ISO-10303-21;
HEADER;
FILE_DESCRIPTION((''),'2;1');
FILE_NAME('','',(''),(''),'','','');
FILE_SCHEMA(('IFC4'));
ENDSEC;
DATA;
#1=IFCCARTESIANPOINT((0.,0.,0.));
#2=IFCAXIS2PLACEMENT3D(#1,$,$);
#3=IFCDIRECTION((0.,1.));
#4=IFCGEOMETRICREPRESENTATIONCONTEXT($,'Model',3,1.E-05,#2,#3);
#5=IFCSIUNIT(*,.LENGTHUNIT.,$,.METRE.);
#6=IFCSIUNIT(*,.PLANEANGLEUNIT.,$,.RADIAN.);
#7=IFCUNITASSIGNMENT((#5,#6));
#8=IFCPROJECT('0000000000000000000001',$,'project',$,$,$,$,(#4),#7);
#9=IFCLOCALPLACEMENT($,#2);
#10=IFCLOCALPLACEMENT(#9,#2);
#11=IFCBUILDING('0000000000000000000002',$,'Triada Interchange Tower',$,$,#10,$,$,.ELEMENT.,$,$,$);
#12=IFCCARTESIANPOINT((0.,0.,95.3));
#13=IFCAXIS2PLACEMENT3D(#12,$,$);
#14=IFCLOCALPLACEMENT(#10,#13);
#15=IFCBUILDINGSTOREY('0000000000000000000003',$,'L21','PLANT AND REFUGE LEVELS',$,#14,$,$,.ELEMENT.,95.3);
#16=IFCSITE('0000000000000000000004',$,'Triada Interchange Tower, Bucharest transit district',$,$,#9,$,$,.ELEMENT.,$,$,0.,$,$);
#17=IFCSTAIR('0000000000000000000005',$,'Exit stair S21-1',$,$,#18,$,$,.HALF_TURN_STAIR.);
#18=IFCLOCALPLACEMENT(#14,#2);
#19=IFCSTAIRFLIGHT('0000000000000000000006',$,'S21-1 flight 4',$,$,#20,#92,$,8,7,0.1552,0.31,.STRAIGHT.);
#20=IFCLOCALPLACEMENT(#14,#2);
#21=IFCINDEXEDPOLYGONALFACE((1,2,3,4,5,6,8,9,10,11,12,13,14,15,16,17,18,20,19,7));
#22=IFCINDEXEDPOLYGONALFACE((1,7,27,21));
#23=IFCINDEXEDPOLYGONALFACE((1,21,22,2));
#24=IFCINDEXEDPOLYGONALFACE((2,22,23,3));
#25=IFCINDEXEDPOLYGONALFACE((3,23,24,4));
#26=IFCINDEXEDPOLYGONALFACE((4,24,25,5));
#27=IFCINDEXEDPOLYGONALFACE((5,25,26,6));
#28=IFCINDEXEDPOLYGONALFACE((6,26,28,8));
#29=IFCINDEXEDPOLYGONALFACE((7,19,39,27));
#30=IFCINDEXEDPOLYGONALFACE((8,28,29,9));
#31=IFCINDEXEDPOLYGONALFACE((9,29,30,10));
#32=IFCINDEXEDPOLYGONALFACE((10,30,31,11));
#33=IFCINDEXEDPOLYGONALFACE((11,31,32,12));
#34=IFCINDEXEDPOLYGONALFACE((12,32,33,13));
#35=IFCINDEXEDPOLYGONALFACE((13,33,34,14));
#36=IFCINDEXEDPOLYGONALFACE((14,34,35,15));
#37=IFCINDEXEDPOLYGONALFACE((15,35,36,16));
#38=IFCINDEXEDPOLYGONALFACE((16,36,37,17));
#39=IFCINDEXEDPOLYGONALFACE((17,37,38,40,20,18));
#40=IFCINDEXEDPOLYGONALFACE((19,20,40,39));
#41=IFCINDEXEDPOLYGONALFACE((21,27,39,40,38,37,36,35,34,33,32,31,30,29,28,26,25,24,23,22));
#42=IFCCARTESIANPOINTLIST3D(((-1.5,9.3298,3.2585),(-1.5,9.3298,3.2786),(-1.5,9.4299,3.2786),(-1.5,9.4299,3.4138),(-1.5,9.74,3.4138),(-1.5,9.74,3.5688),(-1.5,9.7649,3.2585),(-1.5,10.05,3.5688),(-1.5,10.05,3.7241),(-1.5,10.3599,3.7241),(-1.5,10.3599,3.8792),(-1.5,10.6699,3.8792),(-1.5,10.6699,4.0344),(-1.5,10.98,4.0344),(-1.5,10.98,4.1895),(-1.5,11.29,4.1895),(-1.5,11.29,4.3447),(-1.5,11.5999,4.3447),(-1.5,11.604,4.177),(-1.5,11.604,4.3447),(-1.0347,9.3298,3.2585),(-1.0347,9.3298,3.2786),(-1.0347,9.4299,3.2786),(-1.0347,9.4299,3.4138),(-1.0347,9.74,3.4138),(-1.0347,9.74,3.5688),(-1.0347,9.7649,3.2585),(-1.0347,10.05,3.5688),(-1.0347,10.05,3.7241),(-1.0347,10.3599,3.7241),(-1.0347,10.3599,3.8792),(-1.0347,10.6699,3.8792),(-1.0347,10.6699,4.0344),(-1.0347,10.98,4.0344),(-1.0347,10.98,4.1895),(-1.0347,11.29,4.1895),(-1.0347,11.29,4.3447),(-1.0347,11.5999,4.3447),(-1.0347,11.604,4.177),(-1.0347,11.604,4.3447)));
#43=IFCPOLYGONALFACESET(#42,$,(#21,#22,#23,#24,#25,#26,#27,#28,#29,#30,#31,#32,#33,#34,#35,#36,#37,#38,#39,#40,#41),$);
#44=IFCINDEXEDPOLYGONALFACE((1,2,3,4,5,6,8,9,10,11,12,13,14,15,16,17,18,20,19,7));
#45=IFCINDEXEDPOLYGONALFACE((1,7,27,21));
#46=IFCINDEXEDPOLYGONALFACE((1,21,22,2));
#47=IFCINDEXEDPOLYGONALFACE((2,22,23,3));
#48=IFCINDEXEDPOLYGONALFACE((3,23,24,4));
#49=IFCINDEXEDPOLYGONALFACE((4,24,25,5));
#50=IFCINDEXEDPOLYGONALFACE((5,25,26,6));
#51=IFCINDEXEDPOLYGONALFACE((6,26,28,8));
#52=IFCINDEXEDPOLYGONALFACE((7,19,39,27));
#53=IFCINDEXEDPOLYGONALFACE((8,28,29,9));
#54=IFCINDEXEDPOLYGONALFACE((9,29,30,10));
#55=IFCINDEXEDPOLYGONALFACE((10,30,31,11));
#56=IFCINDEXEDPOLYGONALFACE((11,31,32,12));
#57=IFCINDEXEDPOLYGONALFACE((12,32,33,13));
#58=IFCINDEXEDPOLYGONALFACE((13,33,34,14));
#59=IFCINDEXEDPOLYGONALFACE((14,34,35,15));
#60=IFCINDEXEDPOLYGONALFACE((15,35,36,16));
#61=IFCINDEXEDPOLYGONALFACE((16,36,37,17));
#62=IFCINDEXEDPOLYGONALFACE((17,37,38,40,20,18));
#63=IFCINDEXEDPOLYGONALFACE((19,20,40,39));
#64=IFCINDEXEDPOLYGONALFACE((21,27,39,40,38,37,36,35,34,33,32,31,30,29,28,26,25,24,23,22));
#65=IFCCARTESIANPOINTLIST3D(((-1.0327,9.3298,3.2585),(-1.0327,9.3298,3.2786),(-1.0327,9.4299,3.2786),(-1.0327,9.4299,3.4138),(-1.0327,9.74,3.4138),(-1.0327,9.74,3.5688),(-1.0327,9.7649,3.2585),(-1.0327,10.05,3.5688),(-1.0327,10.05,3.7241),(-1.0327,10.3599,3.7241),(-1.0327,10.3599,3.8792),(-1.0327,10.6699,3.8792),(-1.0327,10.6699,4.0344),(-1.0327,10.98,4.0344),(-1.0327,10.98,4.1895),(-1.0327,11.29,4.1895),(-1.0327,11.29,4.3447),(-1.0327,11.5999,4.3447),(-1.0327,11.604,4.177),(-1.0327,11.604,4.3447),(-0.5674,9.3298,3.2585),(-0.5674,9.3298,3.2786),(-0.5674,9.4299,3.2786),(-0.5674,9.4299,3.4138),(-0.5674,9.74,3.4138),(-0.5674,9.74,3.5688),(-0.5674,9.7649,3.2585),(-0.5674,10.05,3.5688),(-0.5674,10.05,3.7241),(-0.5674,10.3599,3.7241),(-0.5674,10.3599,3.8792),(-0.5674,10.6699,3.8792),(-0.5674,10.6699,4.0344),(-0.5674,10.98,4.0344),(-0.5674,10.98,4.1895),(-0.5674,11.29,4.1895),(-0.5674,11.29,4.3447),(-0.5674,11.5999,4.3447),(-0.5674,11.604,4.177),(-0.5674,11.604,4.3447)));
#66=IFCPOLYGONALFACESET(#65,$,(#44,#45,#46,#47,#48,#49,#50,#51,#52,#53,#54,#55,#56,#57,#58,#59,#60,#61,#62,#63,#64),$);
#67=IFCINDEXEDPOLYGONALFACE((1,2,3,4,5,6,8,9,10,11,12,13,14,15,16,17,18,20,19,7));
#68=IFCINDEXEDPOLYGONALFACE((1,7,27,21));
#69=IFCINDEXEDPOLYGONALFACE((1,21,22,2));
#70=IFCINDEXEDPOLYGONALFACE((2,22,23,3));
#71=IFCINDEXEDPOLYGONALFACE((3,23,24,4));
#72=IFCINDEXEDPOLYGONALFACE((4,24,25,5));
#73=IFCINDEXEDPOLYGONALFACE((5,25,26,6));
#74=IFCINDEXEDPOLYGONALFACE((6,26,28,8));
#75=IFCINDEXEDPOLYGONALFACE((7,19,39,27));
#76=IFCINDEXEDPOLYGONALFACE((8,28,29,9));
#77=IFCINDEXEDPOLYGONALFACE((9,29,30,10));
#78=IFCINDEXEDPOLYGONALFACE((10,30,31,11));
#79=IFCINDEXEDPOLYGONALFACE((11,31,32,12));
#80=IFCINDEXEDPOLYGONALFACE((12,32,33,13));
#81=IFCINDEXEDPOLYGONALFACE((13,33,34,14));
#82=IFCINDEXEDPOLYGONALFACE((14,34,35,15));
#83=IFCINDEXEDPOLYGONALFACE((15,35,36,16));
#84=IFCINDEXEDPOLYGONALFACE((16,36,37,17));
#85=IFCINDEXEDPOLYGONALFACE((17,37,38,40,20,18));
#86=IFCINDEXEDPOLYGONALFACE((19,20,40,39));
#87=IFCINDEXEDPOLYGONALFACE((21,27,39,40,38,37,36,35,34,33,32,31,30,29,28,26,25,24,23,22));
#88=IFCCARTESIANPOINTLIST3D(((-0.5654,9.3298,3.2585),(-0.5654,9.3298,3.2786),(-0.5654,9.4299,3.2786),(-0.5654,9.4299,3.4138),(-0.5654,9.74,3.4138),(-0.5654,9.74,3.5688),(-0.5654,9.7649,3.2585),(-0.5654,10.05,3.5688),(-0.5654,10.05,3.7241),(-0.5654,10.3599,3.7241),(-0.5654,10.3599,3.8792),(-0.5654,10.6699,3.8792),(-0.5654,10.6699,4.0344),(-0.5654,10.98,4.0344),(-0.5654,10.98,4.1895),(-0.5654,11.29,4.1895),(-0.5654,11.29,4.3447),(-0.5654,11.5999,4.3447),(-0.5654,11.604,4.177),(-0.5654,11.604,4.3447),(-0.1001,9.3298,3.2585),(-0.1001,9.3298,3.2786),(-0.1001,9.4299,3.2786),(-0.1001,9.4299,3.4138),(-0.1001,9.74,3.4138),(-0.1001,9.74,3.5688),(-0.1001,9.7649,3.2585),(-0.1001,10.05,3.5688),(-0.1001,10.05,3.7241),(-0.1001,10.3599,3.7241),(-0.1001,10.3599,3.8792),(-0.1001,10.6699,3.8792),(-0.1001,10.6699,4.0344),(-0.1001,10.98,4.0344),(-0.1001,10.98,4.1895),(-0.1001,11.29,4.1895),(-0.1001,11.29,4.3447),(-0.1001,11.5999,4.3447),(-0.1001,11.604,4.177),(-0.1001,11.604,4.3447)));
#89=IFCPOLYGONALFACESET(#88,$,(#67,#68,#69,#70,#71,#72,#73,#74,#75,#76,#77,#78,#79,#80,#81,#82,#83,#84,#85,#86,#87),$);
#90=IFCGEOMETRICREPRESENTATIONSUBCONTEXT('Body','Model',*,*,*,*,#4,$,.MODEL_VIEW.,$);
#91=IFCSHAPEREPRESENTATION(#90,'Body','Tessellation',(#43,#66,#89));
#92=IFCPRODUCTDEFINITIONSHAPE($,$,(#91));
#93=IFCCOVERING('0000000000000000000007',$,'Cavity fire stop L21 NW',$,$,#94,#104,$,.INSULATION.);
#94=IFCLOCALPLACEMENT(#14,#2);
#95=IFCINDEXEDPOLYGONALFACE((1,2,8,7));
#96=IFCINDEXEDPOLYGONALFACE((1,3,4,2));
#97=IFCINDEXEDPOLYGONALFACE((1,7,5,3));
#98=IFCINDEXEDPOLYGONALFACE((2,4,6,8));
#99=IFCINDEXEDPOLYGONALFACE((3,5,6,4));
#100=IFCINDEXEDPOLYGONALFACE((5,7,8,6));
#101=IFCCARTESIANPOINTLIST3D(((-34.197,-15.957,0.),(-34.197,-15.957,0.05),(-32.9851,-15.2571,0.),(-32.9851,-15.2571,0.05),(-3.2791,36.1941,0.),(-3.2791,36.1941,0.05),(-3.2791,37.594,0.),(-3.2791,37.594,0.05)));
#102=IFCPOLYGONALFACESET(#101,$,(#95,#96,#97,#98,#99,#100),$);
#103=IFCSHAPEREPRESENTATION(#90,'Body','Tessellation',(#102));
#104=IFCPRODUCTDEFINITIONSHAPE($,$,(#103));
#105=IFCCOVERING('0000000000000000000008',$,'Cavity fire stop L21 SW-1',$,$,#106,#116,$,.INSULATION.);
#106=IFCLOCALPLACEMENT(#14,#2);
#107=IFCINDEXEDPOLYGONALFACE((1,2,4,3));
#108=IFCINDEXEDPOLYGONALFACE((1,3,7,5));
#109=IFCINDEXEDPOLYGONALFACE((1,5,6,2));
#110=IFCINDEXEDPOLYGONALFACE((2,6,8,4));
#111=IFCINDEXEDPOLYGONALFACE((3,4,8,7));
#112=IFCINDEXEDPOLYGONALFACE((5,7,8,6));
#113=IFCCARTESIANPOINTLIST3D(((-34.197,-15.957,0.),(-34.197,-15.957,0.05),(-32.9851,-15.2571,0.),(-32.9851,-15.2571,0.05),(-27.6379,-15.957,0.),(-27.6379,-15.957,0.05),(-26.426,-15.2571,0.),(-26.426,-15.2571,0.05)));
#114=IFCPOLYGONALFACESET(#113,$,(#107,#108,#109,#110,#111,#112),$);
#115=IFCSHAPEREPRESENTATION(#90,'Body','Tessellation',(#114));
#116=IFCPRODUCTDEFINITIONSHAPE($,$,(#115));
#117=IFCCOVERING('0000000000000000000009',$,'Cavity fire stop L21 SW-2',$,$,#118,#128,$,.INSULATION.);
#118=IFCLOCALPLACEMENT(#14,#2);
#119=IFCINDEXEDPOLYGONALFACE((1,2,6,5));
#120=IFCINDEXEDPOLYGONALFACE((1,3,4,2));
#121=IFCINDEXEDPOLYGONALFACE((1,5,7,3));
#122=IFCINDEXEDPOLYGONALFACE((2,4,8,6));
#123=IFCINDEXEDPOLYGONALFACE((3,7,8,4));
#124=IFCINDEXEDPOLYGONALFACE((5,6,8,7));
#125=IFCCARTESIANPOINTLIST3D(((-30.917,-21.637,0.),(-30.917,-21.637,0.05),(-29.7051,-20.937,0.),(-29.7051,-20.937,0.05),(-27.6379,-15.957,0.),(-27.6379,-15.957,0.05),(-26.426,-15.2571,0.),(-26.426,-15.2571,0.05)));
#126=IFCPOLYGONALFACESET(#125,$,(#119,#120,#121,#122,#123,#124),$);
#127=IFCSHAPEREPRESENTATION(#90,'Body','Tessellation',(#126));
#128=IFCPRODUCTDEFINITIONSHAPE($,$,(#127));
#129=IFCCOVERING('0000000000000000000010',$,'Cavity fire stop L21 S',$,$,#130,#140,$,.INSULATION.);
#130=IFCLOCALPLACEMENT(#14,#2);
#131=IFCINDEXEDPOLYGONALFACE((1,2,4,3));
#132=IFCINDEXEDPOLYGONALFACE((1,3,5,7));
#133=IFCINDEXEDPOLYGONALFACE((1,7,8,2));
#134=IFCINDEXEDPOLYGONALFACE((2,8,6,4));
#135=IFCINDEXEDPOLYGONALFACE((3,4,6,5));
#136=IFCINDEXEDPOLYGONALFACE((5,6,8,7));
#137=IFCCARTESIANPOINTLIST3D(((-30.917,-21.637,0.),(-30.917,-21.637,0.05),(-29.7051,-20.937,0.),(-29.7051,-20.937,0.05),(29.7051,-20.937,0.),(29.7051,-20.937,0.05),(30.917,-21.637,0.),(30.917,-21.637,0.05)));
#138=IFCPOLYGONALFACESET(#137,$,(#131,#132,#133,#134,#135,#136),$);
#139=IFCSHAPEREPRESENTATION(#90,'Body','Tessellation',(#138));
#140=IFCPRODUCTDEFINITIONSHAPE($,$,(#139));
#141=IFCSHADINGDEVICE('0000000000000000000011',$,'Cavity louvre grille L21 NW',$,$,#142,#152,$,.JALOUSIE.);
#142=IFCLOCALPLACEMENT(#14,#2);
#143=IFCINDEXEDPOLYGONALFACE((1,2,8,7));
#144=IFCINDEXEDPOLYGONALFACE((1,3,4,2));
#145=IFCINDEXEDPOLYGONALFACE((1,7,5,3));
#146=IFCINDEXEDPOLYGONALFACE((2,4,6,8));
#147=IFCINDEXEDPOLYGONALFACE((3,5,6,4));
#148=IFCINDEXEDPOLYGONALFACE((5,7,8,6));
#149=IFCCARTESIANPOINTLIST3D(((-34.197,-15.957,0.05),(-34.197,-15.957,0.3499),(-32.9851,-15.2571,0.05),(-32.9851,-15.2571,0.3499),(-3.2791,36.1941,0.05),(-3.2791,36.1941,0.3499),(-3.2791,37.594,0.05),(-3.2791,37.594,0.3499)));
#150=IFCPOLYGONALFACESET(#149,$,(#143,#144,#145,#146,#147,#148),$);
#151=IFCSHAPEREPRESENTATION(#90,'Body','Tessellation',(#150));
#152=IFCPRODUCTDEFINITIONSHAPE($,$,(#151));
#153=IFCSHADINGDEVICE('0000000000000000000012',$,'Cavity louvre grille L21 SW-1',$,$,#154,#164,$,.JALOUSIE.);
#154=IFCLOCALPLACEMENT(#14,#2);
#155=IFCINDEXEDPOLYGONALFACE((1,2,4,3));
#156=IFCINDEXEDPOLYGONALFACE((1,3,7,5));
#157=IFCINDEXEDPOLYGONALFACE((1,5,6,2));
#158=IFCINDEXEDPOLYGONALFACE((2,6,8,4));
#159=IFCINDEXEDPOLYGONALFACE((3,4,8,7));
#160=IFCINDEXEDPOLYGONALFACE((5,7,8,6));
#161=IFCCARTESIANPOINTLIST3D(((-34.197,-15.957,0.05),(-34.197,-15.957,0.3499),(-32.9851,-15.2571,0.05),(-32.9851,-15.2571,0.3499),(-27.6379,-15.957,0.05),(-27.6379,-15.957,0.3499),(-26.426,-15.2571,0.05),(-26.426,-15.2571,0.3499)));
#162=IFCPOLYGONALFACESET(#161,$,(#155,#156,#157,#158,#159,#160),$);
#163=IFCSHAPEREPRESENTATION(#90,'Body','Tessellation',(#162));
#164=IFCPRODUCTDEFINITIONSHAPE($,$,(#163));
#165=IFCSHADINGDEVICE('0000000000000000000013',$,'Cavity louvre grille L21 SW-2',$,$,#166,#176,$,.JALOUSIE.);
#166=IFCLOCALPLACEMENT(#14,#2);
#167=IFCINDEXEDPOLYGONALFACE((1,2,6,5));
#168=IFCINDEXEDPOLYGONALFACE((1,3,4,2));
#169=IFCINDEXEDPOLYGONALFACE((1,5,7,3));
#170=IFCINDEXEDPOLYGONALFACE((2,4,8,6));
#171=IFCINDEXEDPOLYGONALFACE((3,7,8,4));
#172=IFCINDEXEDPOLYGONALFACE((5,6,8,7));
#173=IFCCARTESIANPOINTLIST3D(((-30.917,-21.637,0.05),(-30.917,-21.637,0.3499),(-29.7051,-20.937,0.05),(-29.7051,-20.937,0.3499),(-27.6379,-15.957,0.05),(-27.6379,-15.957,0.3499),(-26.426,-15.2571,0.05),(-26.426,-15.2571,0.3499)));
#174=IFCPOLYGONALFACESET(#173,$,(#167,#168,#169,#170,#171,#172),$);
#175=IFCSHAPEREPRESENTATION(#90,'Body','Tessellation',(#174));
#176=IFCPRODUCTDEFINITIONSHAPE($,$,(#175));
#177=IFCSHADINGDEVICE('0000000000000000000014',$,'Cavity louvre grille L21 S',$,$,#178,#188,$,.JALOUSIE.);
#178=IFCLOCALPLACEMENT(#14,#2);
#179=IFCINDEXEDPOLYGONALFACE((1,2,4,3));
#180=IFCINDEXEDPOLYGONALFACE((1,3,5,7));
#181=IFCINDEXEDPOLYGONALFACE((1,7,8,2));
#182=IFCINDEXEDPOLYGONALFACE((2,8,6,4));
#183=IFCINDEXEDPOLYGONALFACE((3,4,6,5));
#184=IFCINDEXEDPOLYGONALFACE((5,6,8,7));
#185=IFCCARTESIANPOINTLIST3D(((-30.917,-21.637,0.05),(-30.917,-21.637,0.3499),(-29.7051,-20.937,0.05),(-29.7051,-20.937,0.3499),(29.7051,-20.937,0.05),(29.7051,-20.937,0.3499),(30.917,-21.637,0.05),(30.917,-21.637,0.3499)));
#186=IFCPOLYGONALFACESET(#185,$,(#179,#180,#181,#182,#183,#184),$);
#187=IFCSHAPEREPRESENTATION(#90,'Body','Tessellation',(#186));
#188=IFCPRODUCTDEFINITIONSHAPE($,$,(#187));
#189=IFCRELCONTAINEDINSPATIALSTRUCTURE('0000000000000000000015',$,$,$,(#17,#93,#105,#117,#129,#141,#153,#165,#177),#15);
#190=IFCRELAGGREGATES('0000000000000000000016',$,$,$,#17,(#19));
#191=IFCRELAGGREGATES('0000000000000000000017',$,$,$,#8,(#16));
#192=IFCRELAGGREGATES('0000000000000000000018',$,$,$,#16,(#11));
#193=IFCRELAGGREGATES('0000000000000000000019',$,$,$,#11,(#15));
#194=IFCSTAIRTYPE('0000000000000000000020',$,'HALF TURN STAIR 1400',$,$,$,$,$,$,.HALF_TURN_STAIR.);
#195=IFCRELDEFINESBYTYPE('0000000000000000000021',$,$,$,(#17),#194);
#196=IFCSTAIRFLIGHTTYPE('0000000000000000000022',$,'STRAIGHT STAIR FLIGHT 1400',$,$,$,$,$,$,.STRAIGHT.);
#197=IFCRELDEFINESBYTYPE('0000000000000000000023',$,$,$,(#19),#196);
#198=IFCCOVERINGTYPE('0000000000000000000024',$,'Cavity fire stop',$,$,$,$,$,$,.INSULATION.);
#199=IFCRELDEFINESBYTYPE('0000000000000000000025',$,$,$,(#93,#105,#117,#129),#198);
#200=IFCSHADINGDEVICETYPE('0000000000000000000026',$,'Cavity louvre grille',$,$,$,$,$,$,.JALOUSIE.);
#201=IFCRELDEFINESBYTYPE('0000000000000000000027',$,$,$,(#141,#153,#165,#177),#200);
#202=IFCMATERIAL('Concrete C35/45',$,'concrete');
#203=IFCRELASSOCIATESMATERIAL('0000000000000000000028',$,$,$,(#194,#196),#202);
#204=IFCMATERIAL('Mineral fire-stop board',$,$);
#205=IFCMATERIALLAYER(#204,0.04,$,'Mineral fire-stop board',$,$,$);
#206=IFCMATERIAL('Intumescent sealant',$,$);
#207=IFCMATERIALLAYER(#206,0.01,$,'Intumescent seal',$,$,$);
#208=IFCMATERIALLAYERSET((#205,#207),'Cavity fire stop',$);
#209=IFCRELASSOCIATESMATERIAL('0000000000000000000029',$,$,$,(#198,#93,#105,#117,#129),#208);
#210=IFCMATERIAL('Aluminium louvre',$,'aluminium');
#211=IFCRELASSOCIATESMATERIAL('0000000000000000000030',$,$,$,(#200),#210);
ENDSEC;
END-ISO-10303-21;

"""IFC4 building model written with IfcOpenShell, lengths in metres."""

from ifc_helpers import new_model, si_unit, direction, frame, origin, place, context, subcontext, project, spatial, polyline, outline, extrude, material, layer, layer_set, layer_usage, type_object, element, aggregate, save


model = new_model("IFC4")

# Units and contexts
model_context = context("Model", 3, precision=1e-05, world=origin(), true_north=direction((0.0, 1.0)))
body_context = subcontext(model_context, "Body", "Model", "MODEL_VIEW")
ifc_project = project(units=[si_unit("LENGTHUNIT", "METRE"), si_unit("PLANEANGLEUNIT", "RADIAN")], contexts=[model_context])

# Site, building, storey
site_placement = place(None, origin())
site = spatial("IfcSite", under=ifc_project, at=site_placement, Name="Triada Interchange Tower, Bucharest transit district", CompositionType="ELEMENT", RefElevation=0.0)
building_placement = place(site_placement, origin())
building = spatial("IfcBuilding", under=site, at=building_placement, Name="Triada Interchange Tower", CompositionType="ELEMENT")
storey_placement = place(building_placement, frame((0.0, 0.0, 95.3)))
storey = spatial("IfcBuildingStorey", under=building, at=storey_placement, Name="L21", Description="PLANT AND REFUGE LEVELS", CompositionType="ELEMENT", Elevation=95.3)

# Stair, stair flight
ifc_material_1 = material(Name="Concrete C35/45", Category="concrete")
stair_type = type_object("IfcStairType", Name="HALF TURN STAIR 1400", PredefinedType="HALF_TURN_STAIR", material=ifc_material_1)
stair_placement = place(storey_placement, origin())
stair = element("IfcStair", 1, at=stair_placement, inside=storey, type_object=stair_type, Name="Exit stair S21-1", PredefinedType="HALF_TURN_STAIR")
stair_flight_type = type_object("IfcStairFlightType", Name="STRAIGHT STAIR FLIGHT 1400", PredefinedType="STRAIGHT", material=ifc_material_1)
stair_flight_1_placement = place(storey_placement, frame((-0.8, 9.4299, 3.2585), z_axis=(0.0, 0.0, 1.0), x_axis=(0.0, 1.0, 0.0)))
stair_flight_1 = element("IfcStairFlight", 2, at=stair_flight_1_placement, type_object=stair_flight_type, Name="S21-1 flight 4", NumberOfRisers=8, NumberOfTreads=7, PredefinedType="STRAIGHT", RiserHeight=0.1552, TreadLength=0.31, context=body_context, shape_type="SweptSolid", body=[
    extrude(outline(polyline([(-0.1001, 0.0), (-0.1001, 0.02), (0.0, 0.02), (0.0, 0.1553), (0.3101, 0.1553), (0.3101, 0.3103), (0.6201, 0.3103), (0.6201, 0.4656), (0.9299, 0.4656), (0.9299, 0.6206), (1.24, 0.6206), (1.24, 0.7759), (1.55, 0.7759), (1.55, 0.9309), (1.8601, 0.9309), (1.8601, 1.0862), (2.1699, 1.0862), (2.1741, 1.0862), (2.1741, 1.2415), (2.1741, 0.9185), (0.335, 0.0), (-0.1001, 0.0)])), frame((0.0, 0.7, 0.0), z_axis=(0.0, -1.0, 0.0), x_axis=(1.0, 0.0, 0.0)), (0.0, 0.0, 1.0), 0.4653),
    extrude(outline(polyline([(-0.1001, 0.0), (-0.1001, 0.02), (0.0, 0.02), (0.0, 0.1553), (0.3101, 0.1553), (0.3101, 0.3103), (0.6201, 0.3103), (0.6201, 0.4656), (0.9299, 0.4656), (0.9299, 0.6206), (1.24, 0.6206), (1.24, 0.7759), (1.55, 0.7759), (1.55, 0.9309), (1.8601, 0.9309), (1.8601, 1.0862), (2.1699, 1.0862), (2.1741, 1.0862), (2.1741, 1.2415), (2.1741, 0.9185), (0.335, 0.0), (-0.1001, 0.0)])), frame((0.0, 0.2327, 0.0), z_axis=(0.0, -1.0, 0.0), x_axis=(1.0, 0.0, 0.0)), (0.0, 0.0, 1.0), 0.4653),
    extrude(outline(polyline([(-0.1001, 0.0), (-0.1001, 0.02), (0.0, 0.02), (0.0, 0.1553), (0.3101, 0.1553), (0.3101, 0.3103), (0.6201, 0.3103), (0.6201, 0.4656), (0.9299, 0.4656), (0.9299, 0.6206), (1.24, 0.6206), (1.24, 0.7759), (1.55, 0.7759), (1.55, 0.9309), (1.8601, 0.9309), (1.8601, 1.0862), (2.1699, 1.0862), (2.1741, 1.0862), (2.1741, 1.2415), (2.1741, 0.9185), (0.335, 0.0), (-0.1001, 0.0)])), frame((0.0, -0.2346, 0.0), z_axis=(0.0, -1.0, 0.0), x_axis=(1.0, 0.0, 0.0)), (0.0, 0.0, 1.0), 0.4653),
])

# Coverings
ifc_material_2 = material(Name="Mineral fire-stop board")
ifc_layer_1 = layer(ifc_material_2, 0.04, Name="Mineral fire-stop board")
ifc_material_3 = material(Name="Intumescent sealant")
ifc_layer_2 = layer(ifc_material_3, 0.01, Name="Intumescent seal")
ifc_layer_set_1 = layer_set([ifc_layer_1, ifc_layer_2], Name="Cavity fire stop")
ifc_layer_usage = layer_usage(ifc_layer_set_1, "AXIS3", "POSITIVE", 0.0)
covering_type = type_object("IfcCoveringType", Name="Cavity fire stop", PredefinedType="INSULATION", material=ifc_layer_set_1)
covering_1_placement = place(storey_placement, origin())
element("IfcCovering", 3, at=covering_1_placement, inside=storey, type_object=covering_type, material=ifc_layer_usage, Name="Cavity fire stop L21 NW", PredefinedType="INSULATION", context=body_context, shape_type="SweptSolid", body=[
    extrude(outline(polyline([(-3.2791, 36.1941), (-3.2791, 37.594), (-34.197, -15.957), (-32.9851, -15.2571), (-3.2791, 36.1941)])), origin(), (0.0, 0.0, 1.0), 0.05),
])
covering_2_placement = place(storey_placement, origin())
element("IfcCovering", 4, at=covering_2_placement, inside=storey, type_object=covering_type, material=ifc_layer_usage, Name="Cavity fire stop L21 SW-1", PredefinedType="INSULATION", context=body_context, shape_type="SweptSolid", body=[
    extrude(outline(polyline([(-32.9851, -15.2571), (-34.197, -15.957), (-27.6379, -15.957), (-26.426, -15.2571), (-32.9851, -15.2571)])), origin(), (0.0, 0.0, 1.0), 0.05),
])
covering_3_placement = place(storey_placement, origin())
element("IfcCovering", 5, at=covering_3_placement, inside=storey, type_object=covering_type, material=ifc_layer_usage, Name="Cavity fire stop L21 SW-2", PredefinedType="INSULATION", context=body_context, shape_type="SweptSolid", body=[
    extrude(outline(polyline([(-26.426, -15.2571), (-27.6379, -15.957), (-30.917, -21.637), (-29.7051, -20.937), (-26.426, -15.2571)])), origin(), (0.0, 0.0, 1.0), 0.05),
])
covering_4_placement = place(storey_placement, origin())
element("IfcCovering", 6, at=covering_4_placement, inside=storey, type_object=covering_type, material=ifc_layer_usage, Name="Cavity fire stop L21 S", PredefinedType="INSULATION", context=body_context, shape_type="SweptSolid", body=[
    extrude(outline(polyline([(-29.7051, -20.937), (-30.917, -21.637), (30.917, -21.637), (29.7051, -20.937), (-29.7051, -20.937)])), origin(), (0.0, 0.0, 1.0), 0.05),
])

# Shading devices
ifc_material_4 = material(Name="Aluminium louvre", Category="aluminium")
shading_device_type = type_object("IfcShadingDeviceType", Name="Cavity louvre grille", PredefinedType="JALOUSIE", material=ifc_material_4)
shading_device_1_placement = place(storey_placement, frame((0.0, 0.0, 0.05)))
element("IfcShadingDevice", 7, at=shading_device_1_placement, inside=storey, type_object=shading_device_type, Name="Cavity louvre grille L21 NW", PredefinedType="JALOUSIE", context=body_context, shape_type="SweptSolid", body=[
    extrude(outline(polyline([(-3.2791, 36.1941), (-3.2791, 37.594), (-34.197, -15.957), (-32.9851, -15.2571), (-3.2791, 36.1941)])), origin(), (0.0, 0.0, 1.0), 0.2998),
])
shading_device_2_placement = place(storey_placement, frame((0.0, 0.0, 0.05)))
element("IfcShadingDevice", 8, at=shading_device_2_placement, inside=storey, type_object=shading_device_type, Name="Cavity louvre grille L21 SW-1", PredefinedType="JALOUSIE", context=body_context, shape_type="SweptSolid", body=[
    extrude(outline(polyline([(-32.9851, -15.2571), (-34.197, -15.957), (-27.6379, -15.957), (-26.426, -15.2571), (-32.9851, -15.2571)])), origin(), (0.0, 0.0, 1.0), 0.2998),
])
shading_device_3_placement = place(storey_placement, frame((0.0, 0.0, 0.05)))
element("IfcShadingDevice", 9, at=shading_device_3_placement, inside=storey, type_object=shading_device_type, Name="Cavity louvre grille L21 SW-2", PredefinedType="JALOUSIE", context=body_context, shape_type="SweptSolid", body=[
    extrude(outline(polyline([(-26.426, -15.2571), (-27.6379, -15.957), (-30.917, -21.637), (-29.7051, -20.937), (-26.426, -15.2571)])), origin(), (0.0, 0.0, 1.0), 0.2998),
])
shading_device_4_placement = place(storey_placement, frame((0.0, 0.0, 0.05)))
element("IfcShadingDevice", 10, at=shading_device_4_placement, inside=storey, type_object=shading_device_type, Name="Cavity louvre grille L21 S", PredefinedType="JALOUSIE", context=body_context, shape_type="SweptSolid", body=[
    extrude(outline(polyline([(-29.7051, -20.937), (-30.917, -21.637), (30.917, -21.637), (29.7051, -20.937), (-29.7051, -20.937)])), origin(), (0.0, 0.0, 1.0), 0.2998),
])

aggregate(stair, [stair_flight_1])

save(model, "model.ifc")
